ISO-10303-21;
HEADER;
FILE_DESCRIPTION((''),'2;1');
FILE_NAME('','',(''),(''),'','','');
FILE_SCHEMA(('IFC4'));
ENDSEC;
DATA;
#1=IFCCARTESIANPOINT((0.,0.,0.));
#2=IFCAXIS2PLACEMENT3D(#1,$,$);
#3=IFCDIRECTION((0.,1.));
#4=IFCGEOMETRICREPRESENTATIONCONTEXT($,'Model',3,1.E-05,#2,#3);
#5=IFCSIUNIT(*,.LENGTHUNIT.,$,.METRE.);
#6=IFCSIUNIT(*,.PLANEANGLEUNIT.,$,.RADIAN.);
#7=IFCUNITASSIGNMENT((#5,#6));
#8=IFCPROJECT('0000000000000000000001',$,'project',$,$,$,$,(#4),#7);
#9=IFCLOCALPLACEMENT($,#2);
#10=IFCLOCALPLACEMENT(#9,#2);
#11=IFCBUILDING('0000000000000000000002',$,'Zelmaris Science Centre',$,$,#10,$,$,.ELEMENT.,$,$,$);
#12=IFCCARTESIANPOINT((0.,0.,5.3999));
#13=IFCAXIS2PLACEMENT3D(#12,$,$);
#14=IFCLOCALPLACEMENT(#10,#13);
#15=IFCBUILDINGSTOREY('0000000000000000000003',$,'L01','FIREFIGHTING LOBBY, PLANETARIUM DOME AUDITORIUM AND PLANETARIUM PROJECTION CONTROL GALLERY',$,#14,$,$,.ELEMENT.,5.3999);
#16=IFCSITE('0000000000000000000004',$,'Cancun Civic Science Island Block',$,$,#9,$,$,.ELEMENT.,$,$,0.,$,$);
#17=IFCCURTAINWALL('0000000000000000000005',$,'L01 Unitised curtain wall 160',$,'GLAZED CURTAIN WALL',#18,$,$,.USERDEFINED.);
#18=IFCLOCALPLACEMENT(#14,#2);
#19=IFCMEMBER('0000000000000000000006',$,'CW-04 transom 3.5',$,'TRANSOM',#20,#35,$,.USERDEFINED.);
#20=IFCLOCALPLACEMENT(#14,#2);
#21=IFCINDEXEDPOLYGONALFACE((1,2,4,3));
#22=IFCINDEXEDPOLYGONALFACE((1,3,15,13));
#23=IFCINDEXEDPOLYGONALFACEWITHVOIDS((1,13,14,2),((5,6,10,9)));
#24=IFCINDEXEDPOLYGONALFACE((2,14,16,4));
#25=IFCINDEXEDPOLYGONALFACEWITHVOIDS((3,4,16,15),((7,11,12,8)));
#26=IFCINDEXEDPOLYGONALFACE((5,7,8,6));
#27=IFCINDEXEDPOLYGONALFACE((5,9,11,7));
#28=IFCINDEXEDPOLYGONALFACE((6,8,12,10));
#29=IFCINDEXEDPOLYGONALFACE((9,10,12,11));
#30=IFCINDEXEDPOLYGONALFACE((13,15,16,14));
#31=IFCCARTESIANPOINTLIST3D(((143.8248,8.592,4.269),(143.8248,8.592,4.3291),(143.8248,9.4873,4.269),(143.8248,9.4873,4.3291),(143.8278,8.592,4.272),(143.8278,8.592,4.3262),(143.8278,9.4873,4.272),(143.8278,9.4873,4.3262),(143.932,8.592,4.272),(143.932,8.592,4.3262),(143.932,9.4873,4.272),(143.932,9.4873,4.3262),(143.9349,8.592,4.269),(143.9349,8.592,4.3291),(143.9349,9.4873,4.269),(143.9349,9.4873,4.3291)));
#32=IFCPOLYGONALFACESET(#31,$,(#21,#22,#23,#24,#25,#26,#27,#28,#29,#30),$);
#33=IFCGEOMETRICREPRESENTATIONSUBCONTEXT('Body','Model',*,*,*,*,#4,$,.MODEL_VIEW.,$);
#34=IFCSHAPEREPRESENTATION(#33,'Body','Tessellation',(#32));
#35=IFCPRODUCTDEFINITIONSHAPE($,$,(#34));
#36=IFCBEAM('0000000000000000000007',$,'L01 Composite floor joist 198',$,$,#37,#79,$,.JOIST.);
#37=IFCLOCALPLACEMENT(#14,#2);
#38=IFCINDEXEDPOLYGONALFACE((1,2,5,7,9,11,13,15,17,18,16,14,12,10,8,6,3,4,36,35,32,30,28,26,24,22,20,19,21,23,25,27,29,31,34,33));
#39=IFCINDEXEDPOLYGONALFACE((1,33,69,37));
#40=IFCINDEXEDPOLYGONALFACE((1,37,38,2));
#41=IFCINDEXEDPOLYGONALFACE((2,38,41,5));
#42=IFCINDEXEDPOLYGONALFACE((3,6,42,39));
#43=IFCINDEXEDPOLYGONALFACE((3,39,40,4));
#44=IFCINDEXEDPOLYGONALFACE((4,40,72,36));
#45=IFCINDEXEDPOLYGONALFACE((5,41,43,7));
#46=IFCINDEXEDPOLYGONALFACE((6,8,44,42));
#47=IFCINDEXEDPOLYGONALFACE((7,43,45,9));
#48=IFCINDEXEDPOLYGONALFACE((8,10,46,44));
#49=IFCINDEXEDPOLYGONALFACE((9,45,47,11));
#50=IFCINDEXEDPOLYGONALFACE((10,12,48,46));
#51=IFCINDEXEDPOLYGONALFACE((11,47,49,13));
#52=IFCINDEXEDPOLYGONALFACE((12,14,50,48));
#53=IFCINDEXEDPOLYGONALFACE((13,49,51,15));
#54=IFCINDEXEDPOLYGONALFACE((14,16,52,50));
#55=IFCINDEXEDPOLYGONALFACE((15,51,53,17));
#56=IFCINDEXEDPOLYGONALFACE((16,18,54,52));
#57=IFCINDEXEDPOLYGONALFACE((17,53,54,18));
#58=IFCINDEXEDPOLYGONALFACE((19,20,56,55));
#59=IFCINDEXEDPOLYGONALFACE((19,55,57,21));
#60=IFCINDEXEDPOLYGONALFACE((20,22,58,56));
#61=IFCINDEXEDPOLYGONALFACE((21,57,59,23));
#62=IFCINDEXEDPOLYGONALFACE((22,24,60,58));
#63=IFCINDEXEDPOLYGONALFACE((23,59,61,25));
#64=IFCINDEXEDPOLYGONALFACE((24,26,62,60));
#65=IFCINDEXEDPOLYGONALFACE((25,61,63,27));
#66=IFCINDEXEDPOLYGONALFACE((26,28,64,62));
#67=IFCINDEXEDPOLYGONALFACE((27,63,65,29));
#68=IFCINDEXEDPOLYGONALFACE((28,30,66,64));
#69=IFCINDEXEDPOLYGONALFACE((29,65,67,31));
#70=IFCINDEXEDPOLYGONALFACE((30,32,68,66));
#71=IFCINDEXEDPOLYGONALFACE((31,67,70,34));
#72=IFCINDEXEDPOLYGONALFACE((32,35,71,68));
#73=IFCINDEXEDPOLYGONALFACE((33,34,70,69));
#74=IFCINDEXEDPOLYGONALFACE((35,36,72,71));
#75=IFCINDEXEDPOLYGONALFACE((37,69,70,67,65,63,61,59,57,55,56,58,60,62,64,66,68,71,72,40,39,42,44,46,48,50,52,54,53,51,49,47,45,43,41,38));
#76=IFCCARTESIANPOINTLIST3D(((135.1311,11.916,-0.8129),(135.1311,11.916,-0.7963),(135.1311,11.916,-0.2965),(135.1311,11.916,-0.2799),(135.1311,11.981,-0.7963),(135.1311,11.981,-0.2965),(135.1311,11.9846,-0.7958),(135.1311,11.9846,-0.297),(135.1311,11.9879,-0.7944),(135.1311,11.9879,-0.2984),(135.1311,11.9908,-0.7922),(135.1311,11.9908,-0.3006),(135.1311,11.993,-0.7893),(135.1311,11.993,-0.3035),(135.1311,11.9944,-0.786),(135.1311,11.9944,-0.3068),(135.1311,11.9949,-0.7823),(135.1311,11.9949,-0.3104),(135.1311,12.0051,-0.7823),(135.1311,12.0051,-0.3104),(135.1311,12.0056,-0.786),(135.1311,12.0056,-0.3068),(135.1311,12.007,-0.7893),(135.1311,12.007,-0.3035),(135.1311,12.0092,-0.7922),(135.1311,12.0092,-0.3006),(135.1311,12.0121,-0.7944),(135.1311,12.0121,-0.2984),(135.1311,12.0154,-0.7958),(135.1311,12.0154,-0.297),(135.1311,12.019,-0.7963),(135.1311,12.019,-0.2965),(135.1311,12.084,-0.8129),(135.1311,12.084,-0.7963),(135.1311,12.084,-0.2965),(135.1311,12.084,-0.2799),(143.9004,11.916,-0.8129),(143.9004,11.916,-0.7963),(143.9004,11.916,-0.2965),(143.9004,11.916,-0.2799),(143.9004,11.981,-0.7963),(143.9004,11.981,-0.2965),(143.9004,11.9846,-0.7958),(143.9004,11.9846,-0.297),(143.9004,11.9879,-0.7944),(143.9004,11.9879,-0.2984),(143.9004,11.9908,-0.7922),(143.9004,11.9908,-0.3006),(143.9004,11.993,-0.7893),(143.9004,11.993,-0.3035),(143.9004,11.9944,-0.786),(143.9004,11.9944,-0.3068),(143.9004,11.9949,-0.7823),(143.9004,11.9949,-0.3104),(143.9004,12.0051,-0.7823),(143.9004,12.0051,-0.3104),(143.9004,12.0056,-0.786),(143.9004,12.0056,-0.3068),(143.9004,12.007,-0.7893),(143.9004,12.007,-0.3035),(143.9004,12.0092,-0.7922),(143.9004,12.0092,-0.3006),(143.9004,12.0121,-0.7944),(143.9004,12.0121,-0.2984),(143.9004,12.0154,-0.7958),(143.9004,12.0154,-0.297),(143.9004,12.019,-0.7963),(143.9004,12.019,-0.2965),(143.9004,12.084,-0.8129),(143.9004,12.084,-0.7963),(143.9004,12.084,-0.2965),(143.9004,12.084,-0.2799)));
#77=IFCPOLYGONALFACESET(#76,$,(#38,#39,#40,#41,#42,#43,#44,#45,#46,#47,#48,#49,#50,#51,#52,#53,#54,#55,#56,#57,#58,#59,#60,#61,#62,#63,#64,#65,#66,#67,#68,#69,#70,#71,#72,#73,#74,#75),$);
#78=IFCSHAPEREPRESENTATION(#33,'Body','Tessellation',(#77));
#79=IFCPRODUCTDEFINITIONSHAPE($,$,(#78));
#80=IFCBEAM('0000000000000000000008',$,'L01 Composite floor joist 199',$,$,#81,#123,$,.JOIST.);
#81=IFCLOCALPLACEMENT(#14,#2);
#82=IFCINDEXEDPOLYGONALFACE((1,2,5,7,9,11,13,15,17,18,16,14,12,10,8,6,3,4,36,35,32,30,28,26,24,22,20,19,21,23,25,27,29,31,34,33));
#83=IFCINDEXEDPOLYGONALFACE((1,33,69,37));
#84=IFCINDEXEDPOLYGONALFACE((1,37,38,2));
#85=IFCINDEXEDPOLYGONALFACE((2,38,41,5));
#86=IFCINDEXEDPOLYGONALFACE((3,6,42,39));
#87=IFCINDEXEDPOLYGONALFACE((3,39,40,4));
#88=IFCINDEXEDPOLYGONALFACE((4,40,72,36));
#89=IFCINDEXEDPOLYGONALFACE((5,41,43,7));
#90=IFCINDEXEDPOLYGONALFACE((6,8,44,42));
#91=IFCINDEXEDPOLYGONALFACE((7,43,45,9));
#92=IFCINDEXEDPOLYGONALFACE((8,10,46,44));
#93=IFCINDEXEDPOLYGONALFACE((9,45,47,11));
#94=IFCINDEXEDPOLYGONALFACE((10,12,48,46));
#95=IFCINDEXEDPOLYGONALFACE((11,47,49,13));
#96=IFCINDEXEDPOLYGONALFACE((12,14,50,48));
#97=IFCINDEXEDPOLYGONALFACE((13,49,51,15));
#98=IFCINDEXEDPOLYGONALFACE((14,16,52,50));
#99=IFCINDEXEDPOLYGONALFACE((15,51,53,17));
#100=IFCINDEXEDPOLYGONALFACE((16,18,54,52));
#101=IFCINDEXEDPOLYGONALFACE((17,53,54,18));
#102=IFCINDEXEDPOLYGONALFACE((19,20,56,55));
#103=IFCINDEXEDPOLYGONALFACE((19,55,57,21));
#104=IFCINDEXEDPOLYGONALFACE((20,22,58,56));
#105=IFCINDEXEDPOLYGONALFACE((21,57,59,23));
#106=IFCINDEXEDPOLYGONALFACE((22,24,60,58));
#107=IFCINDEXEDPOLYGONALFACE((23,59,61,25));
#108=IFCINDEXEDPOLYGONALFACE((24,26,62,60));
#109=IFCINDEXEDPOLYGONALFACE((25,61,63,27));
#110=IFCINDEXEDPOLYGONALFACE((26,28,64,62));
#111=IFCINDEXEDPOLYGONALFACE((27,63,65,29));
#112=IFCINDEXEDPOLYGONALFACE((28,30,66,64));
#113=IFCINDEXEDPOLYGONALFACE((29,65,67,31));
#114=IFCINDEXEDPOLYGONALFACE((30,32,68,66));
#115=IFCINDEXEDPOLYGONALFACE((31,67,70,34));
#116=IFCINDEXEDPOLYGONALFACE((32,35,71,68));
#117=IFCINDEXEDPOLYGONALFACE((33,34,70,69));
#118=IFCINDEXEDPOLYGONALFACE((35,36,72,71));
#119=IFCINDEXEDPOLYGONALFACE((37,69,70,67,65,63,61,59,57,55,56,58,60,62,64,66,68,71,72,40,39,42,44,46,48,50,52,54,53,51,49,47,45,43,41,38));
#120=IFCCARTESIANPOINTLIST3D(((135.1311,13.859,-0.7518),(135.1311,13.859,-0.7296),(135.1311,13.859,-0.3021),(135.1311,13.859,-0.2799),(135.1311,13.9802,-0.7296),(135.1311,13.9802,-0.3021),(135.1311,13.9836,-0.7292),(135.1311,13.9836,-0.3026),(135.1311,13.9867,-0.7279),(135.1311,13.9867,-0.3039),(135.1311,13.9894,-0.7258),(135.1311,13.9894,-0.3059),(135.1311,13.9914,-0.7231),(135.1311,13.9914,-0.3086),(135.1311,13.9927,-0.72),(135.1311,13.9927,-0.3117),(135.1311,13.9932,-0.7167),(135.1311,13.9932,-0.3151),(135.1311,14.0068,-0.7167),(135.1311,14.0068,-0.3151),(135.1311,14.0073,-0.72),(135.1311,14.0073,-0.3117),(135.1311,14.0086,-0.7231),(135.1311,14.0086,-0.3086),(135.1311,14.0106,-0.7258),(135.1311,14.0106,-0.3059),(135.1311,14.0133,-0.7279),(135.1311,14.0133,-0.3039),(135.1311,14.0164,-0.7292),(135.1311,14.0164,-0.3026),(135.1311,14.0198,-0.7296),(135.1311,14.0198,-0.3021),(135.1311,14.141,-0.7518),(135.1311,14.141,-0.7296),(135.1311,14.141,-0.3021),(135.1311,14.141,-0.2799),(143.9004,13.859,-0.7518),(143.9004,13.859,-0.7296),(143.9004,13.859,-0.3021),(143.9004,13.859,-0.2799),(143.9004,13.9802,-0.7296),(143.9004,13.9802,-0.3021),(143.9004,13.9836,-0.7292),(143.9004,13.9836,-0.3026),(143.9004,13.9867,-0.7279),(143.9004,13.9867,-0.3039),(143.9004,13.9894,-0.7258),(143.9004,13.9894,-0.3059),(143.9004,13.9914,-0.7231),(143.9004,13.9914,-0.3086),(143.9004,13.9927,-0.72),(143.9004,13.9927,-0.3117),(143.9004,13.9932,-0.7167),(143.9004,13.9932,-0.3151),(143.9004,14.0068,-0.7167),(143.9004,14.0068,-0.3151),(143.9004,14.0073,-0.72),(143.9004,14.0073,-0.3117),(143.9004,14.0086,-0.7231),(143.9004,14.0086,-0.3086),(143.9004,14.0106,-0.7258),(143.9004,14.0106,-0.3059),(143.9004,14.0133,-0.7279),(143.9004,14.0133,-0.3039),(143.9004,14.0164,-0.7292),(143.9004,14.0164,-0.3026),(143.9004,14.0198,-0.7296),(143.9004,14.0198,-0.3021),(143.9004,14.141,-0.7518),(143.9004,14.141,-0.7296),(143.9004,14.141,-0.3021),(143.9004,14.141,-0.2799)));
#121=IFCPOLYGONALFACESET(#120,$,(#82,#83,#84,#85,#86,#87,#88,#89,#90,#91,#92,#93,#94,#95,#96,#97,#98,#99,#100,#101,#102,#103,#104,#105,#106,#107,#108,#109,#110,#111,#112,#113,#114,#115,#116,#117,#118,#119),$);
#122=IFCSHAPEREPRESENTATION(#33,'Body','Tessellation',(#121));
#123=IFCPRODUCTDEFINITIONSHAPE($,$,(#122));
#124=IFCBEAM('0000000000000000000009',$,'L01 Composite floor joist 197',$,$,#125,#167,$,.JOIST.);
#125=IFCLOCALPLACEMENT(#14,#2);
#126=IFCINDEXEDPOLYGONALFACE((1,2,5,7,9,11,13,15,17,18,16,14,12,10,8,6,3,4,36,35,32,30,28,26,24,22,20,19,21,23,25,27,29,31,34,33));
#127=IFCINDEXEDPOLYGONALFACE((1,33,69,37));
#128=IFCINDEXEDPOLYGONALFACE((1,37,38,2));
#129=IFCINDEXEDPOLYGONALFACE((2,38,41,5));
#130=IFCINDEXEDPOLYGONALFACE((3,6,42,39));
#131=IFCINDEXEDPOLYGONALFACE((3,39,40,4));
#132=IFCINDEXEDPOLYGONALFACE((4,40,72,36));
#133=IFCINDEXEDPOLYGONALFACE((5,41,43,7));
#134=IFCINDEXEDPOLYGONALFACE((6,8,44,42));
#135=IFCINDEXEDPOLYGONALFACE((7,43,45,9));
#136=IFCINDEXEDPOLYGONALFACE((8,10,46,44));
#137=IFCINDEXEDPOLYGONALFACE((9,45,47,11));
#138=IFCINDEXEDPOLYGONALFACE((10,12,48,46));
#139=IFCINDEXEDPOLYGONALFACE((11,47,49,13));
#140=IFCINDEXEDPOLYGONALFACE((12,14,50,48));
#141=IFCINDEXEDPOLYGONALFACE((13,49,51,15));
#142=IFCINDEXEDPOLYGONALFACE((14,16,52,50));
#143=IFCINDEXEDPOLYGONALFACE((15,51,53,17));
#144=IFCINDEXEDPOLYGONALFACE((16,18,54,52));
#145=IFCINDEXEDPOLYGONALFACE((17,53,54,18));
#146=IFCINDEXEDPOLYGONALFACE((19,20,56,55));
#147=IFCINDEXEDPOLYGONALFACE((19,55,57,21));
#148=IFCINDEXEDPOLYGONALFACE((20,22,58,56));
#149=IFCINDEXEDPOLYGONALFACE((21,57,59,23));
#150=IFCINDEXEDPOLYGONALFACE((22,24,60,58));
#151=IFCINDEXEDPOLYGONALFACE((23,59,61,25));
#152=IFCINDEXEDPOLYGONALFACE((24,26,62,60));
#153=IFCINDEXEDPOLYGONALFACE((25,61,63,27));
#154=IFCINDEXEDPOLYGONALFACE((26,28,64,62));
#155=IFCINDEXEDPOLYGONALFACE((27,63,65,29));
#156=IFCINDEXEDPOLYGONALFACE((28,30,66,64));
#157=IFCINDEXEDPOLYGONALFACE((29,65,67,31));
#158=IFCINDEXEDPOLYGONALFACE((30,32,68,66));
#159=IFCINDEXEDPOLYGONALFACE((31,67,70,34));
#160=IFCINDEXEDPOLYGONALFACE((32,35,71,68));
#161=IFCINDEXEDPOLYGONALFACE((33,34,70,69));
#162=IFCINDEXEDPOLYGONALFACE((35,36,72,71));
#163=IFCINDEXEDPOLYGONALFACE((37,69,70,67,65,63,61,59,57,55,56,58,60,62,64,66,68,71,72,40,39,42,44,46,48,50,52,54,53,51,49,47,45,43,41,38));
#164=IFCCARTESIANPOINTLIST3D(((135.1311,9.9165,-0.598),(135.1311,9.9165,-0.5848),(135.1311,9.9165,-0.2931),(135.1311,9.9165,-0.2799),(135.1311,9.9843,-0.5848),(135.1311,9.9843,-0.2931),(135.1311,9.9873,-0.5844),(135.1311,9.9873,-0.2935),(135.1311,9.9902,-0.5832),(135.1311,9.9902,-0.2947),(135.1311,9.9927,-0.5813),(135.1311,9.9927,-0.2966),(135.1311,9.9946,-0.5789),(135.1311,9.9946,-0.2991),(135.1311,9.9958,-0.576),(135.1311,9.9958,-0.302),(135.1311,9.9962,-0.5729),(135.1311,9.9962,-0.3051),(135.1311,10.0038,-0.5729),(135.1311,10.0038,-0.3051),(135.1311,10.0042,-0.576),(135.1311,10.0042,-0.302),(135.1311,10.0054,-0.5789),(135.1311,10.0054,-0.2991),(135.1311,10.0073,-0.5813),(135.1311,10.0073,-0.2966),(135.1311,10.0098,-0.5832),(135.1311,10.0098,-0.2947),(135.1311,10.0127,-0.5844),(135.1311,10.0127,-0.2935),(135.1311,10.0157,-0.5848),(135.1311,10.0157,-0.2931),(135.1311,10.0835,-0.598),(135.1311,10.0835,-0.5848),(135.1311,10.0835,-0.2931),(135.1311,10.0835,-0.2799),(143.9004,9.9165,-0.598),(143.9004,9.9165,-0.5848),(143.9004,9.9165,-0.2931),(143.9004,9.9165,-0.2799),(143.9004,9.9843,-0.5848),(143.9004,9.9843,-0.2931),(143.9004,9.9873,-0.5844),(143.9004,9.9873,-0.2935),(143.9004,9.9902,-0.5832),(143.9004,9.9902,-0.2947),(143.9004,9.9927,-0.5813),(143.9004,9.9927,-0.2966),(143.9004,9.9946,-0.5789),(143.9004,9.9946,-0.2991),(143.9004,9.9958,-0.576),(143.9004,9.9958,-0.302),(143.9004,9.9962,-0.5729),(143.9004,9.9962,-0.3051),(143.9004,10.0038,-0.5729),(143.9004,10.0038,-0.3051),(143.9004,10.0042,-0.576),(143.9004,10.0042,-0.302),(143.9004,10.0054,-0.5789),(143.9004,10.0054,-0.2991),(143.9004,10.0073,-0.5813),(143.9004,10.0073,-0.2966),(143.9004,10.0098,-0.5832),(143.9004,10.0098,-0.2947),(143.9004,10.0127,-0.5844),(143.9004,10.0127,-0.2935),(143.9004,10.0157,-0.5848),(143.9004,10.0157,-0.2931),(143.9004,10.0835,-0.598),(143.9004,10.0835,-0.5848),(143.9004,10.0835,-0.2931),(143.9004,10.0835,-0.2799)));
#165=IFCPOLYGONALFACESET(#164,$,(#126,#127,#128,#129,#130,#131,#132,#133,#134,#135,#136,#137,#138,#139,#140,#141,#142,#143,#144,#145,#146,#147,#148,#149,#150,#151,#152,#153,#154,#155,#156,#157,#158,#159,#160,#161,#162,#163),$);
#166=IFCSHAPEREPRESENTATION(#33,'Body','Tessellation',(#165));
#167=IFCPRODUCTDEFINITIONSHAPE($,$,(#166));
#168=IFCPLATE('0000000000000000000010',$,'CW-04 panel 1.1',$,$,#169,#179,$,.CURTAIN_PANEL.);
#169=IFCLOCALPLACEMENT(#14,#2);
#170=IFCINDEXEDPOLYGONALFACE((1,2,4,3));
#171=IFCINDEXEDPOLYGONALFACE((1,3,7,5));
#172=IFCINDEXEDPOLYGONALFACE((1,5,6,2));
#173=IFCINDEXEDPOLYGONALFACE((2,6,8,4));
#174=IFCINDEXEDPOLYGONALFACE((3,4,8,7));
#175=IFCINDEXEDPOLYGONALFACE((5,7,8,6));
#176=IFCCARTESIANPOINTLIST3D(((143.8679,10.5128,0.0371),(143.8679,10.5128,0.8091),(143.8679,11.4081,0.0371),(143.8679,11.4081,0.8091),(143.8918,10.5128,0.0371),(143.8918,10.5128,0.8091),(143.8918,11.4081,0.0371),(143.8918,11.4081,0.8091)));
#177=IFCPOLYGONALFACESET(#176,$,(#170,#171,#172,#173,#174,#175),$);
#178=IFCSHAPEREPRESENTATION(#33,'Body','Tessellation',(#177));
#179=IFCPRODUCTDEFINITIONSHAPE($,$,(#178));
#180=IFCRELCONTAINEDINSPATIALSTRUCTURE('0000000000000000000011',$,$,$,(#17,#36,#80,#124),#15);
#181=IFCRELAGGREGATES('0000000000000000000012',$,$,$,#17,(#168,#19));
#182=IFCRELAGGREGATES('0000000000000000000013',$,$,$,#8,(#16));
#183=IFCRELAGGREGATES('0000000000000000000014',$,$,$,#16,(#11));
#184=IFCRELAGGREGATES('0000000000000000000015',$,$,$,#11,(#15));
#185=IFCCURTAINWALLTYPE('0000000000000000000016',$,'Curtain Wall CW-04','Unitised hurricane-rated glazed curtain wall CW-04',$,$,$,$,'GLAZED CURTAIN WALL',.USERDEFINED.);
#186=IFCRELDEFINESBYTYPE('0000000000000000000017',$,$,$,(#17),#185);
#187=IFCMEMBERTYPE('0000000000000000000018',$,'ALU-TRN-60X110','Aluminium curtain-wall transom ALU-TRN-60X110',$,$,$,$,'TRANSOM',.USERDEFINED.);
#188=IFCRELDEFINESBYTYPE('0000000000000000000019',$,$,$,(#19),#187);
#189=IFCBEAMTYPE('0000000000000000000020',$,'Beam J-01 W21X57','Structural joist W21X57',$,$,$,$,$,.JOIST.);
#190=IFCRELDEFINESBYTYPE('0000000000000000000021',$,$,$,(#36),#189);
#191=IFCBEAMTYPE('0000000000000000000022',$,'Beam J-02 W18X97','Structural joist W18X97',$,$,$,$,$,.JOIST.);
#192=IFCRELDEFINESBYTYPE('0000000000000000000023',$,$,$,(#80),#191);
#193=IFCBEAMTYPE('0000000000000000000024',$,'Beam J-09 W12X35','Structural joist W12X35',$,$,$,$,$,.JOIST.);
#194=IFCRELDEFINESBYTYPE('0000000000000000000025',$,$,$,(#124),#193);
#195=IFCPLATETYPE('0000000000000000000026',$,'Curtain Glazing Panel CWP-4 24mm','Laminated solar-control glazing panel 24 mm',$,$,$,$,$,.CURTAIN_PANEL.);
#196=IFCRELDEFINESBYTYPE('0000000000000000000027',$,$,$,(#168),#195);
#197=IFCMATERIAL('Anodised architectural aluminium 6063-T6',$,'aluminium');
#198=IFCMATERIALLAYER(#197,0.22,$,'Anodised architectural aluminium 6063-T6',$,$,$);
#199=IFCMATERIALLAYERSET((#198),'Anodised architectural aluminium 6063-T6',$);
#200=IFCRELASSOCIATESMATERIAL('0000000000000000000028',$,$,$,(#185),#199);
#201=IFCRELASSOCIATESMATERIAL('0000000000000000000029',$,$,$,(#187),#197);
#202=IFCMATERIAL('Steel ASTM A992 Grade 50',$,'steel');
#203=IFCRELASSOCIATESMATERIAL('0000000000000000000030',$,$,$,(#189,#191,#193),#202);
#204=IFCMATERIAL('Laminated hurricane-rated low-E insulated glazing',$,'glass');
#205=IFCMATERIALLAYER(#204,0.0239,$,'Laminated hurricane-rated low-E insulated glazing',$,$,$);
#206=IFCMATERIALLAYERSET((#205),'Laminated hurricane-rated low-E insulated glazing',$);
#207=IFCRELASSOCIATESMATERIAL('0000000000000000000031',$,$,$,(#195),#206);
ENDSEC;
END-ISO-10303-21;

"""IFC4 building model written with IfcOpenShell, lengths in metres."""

from ifc_helpers import new_model, si_unit, direction, frame, origin, origin_2d, place, context, subcontext, project, spatial, rectangle, hollow_rectangle, i_section, extrude, material, layer, layer_set, material_profile, profile_set, type_object, element, aggregate, save


model = new_model("IFC4")

# Units and contexts
model_context = context("Model", 3, precision=1e-05, world=origin(), true_north=direction((0.0, 1.0)))
body_context = subcontext(model_context, "Body", "Model", "MODEL_VIEW")
ifc_project = project(units=[si_unit("LENGTHUNIT", "METRE"), si_unit("PLANEANGLEUNIT", "RADIAN")], contexts=[model_context])

# Site, building, storey
site_placement = place(None, origin())
site = spatial("IfcSite", under=ifc_project, at=site_placement, Name="Cancun Civic Science Island Block", CompositionType="ELEMENT", RefElevation=0.0)
building_placement = place(site_placement, origin())
building = spatial("IfcBuilding", under=site, at=building_placement, Name="Zelmaris Science Centre", CompositionType="ELEMENT")
storey_placement = place(building_placement, frame((0.0, 0.0, 5.3999)))
storey = spatial("IfcBuildingStorey", under=building, at=storey_placement, Name="L01", Description="FIREFIGHTING LOBBY, PLANETARIUM DOME AUDITORIUM AND PLANETARIUM PROJECTION CONTROL GALLERY", CompositionType="ELEMENT", Elevation=5.3999)

# Curtain wall, member
ifc_material_1 = material(Name="Anodised architectural aluminium 6063-T6", Category="aluminium")
ifc_layer_1 = layer(ifc_material_1, 0.22, Name="Anodised architectural aluminium 6063-T6")
ifc_layer_set_1 = layer_set([ifc_layer_1], Name="Anodised architectural aluminium 6063-T6")
curtain_wall_type = type_object("IfcCurtainWallType", Name="Curtain Wall CW-04", Description="Unitised hurricane-rated glazed curtain wall CW-04", ElementType="GLAZED CURTAIN WALL", PredefinedType="USERDEFINED", material=ifc_layer_set_1)
curtain_wall_placement = place(storey_placement, origin())
curtain_wall = element("IfcCurtainWall", 1, at=curtain_wall_placement, inside=storey, type_object=curtain_wall_type, Name="L01 Unitised curtain wall 160", ObjectType="GLAZED CURTAIN WALL", PredefinedType="USERDEFINED")
ifc_material_profile_1 = material_profile(ifc_material_1, hollow_rectangle(XDim=0.0601, YDim=0.1101, WallThickness=0.0029, at=origin_2d()), Name="ALU-TRN-60X110")
ifc_profile_set_1 = profile_set([ifc_material_profile_1], Name="Anodised architectural aluminium 6063-T6")
member_type_1 = type_object("IfcMemberType", Name="ALU-TRN-60X110", Description="Aluminium curtain-wall transom ALU-TRN-60X110", ElementType="TRANSOM", PredefinedType="USERDEFINED", material=ifc_profile_set_1)
member_1_placement = place(storey_placement, frame((143.8799, 9.4873, 4.2991), z_axis=(0.0, -1.0, 0.0), x_axis=(0.0, 0.0, 1.0)))
member_1 = element("IfcMember", 2, at=member_1_placement, type_object=member_type_1, Name="CW-04 transom 3.5", ObjectType="TRANSOM", PredefinedType="USERDEFINED", context=body_context, shape_type="SweptSolid", body=[
    extrude(hollow_rectangle(XDim=0.0601, YDim=0.1101, WallThickness=0.0029, at=origin_2d()), origin(), (0.0, 0.0, 1.0), 0.8953),
])

# Beams
ifc_material_2 = material(Name="Steel ASTM A992 Grade 50", Category="steel")
ifc_material_profile_2 = material_profile(ifc_material_2, i_section(OverallWidth=0.168, OverallDepth=0.533, WebThickness=0.0103, FlangeThickness=0.0166, FilletRadius=0.0139, at=origin_2d()), Name="W21X57")
ifc_profile_set_2 = profile_set([ifc_material_profile_2], Name="Steel ASTM A992 Grade 50")
beam_type_1 = type_object("IfcBeamType", Name="Beam J-01 W21X57", Description="Structural joist W21X57", PredefinedType="JOIST", material=ifc_profile_set_2)
beam_1_placement = place(storey_placement, frame((135.1311, 12.0, -0.5464), z_axis=(1.0, 0.0, 0.0), x_axis=(0.0, 1.0, 0.0)))
element("IfcBeam", 3, at=beam_1_placement, inside=storey, type_object=beam_type_1, Name="L01 Composite floor joist 198", PredefinedType="JOIST", context=body_context, shape_type="SweptSolid", body=[
    extrude(i_section(OverallWidth=0.168, OverallDepth=0.533, WebThickness=0.0103, FlangeThickness=0.0166, FilletRadius=0.0139, at=origin_2d()), origin(), (0.0, 0.0, 1.0), 8.7693),
])
ifc_material_profile_3 = material_profile(ifc_material_2, i_section(OverallWidth=0.282, OverallDepth=0.4719, WebThickness=0.0137, FlangeThickness=0.0222, FilletRadius=0.0129, at=origin_2d()), Name="W18X97")
ifc_profile_set_3 = profile_set([ifc_material_profile_3], Name="Steel ASTM A992 Grade 50")
beam_type_2 = type_object("IfcBeamType", Name="Beam J-02 W18X97", Description="Structural joist W18X97", PredefinedType="JOIST", material=ifc_profile_set_3)
beam_2_placement = place(storey_placement, frame((135.1311, 14.0, -0.5159), z_axis=(1.0, 0.0, 0.0), x_axis=(0.0, 1.0, 0.0)))
element("IfcBeam", 4, at=beam_2_placement, inside=storey, type_object=beam_type_2, Name="L01 Composite floor joist 199", PredefinedType="JOIST", context=body_context, shape_type="SweptSolid", body=[
    extrude(i_section(OverallWidth=0.282, OverallDepth=0.4719, WebThickness=0.0137, FlangeThickness=0.0222, FilletRadius=0.0129, at=origin_2d()), origin(), (0.0, 0.0, 1.0), 8.7693),
])
ifc_material_profile_4 = material_profile(ifc_material_2, i_section(OverallWidth=0.167, OverallDepth=0.3181, WebThickness=0.0076, FlangeThickness=0.0132, FilletRadius=0.012, at=origin_2d()), Name="W12X35")
ifc_profile_set_4 = profile_set([ifc_material_profile_4], Name="Steel ASTM A992 Grade 50")
beam_type_3 = type_object("IfcBeamType", Name="Beam J-09 W12X35", Description="Structural joist W12X35", PredefinedType="JOIST", material=ifc_profile_set_4)
beam_3_placement = place(storey_placement, frame((135.1311, 10.0, -0.439), z_axis=(1.0, 0.0, 0.0), x_axis=(0.0, 1.0, 0.0)))
element("IfcBeam", 5, at=beam_3_placement, inside=storey, type_object=beam_type_3, Name="L01 Composite floor joist 197", PredefinedType="JOIST", context=body_context, shape_type="SweptSolid", body=[
    extrude(i_section(OverallWidth=0.167, OverallDepth=0.3181, WebThickness=0.0076, FlangeThickness=0.0132, FilletRadius=0.012, at=origin_2d()), origin(), (0.0, 0.0, 1.0), 8.7693),
])

# Plate
ifc_material_3 = material(Name="Laminated hurricane-rated low-E insulated glazing", Category="glass")
ifc_layer_2 = layer(ifc_material_3, 0.0239, Name="Laminated hurricane-rated low-E insulated glazing")
ifc_layer_set_2 = layer_set([ifc_layer_2], Name="Laminated hurricane-rated low-E insulated glazing")
plate_type = type_object("IfcPlateType", Name="Curtain Glazing Panel CWP-4 24mm", Description="Laminated solar-control glazing panel 24 mm", PredefinedType="CURTAIN_PANEL", material=ifc_layer_set_2)
plate_1_placement = place(storey_placement, frame((143.8799, 10.9604, 0.0371), z_axis=(0.0, 0.0, 1.0), x_axis=(0.0, -1.0, 0.0)))
plate_1 = element("IfcPlate", 6, at=plate_1_placement, type_object=plate_type, Name="CW-04 panel 1.1", PredefinedType="CURTAIN_PANEL", context=body_context, shape_type="SweptSolid", body=[
    extrude(rectangle(XDim=0.8953, YDim=0.0239, at=origin_2d()), origin(), (0.0, 0.0, 1.0), 0.772),
])
aggregate(curtain_wall, [plate_1, member_1])

save(model, "model.ifc")
